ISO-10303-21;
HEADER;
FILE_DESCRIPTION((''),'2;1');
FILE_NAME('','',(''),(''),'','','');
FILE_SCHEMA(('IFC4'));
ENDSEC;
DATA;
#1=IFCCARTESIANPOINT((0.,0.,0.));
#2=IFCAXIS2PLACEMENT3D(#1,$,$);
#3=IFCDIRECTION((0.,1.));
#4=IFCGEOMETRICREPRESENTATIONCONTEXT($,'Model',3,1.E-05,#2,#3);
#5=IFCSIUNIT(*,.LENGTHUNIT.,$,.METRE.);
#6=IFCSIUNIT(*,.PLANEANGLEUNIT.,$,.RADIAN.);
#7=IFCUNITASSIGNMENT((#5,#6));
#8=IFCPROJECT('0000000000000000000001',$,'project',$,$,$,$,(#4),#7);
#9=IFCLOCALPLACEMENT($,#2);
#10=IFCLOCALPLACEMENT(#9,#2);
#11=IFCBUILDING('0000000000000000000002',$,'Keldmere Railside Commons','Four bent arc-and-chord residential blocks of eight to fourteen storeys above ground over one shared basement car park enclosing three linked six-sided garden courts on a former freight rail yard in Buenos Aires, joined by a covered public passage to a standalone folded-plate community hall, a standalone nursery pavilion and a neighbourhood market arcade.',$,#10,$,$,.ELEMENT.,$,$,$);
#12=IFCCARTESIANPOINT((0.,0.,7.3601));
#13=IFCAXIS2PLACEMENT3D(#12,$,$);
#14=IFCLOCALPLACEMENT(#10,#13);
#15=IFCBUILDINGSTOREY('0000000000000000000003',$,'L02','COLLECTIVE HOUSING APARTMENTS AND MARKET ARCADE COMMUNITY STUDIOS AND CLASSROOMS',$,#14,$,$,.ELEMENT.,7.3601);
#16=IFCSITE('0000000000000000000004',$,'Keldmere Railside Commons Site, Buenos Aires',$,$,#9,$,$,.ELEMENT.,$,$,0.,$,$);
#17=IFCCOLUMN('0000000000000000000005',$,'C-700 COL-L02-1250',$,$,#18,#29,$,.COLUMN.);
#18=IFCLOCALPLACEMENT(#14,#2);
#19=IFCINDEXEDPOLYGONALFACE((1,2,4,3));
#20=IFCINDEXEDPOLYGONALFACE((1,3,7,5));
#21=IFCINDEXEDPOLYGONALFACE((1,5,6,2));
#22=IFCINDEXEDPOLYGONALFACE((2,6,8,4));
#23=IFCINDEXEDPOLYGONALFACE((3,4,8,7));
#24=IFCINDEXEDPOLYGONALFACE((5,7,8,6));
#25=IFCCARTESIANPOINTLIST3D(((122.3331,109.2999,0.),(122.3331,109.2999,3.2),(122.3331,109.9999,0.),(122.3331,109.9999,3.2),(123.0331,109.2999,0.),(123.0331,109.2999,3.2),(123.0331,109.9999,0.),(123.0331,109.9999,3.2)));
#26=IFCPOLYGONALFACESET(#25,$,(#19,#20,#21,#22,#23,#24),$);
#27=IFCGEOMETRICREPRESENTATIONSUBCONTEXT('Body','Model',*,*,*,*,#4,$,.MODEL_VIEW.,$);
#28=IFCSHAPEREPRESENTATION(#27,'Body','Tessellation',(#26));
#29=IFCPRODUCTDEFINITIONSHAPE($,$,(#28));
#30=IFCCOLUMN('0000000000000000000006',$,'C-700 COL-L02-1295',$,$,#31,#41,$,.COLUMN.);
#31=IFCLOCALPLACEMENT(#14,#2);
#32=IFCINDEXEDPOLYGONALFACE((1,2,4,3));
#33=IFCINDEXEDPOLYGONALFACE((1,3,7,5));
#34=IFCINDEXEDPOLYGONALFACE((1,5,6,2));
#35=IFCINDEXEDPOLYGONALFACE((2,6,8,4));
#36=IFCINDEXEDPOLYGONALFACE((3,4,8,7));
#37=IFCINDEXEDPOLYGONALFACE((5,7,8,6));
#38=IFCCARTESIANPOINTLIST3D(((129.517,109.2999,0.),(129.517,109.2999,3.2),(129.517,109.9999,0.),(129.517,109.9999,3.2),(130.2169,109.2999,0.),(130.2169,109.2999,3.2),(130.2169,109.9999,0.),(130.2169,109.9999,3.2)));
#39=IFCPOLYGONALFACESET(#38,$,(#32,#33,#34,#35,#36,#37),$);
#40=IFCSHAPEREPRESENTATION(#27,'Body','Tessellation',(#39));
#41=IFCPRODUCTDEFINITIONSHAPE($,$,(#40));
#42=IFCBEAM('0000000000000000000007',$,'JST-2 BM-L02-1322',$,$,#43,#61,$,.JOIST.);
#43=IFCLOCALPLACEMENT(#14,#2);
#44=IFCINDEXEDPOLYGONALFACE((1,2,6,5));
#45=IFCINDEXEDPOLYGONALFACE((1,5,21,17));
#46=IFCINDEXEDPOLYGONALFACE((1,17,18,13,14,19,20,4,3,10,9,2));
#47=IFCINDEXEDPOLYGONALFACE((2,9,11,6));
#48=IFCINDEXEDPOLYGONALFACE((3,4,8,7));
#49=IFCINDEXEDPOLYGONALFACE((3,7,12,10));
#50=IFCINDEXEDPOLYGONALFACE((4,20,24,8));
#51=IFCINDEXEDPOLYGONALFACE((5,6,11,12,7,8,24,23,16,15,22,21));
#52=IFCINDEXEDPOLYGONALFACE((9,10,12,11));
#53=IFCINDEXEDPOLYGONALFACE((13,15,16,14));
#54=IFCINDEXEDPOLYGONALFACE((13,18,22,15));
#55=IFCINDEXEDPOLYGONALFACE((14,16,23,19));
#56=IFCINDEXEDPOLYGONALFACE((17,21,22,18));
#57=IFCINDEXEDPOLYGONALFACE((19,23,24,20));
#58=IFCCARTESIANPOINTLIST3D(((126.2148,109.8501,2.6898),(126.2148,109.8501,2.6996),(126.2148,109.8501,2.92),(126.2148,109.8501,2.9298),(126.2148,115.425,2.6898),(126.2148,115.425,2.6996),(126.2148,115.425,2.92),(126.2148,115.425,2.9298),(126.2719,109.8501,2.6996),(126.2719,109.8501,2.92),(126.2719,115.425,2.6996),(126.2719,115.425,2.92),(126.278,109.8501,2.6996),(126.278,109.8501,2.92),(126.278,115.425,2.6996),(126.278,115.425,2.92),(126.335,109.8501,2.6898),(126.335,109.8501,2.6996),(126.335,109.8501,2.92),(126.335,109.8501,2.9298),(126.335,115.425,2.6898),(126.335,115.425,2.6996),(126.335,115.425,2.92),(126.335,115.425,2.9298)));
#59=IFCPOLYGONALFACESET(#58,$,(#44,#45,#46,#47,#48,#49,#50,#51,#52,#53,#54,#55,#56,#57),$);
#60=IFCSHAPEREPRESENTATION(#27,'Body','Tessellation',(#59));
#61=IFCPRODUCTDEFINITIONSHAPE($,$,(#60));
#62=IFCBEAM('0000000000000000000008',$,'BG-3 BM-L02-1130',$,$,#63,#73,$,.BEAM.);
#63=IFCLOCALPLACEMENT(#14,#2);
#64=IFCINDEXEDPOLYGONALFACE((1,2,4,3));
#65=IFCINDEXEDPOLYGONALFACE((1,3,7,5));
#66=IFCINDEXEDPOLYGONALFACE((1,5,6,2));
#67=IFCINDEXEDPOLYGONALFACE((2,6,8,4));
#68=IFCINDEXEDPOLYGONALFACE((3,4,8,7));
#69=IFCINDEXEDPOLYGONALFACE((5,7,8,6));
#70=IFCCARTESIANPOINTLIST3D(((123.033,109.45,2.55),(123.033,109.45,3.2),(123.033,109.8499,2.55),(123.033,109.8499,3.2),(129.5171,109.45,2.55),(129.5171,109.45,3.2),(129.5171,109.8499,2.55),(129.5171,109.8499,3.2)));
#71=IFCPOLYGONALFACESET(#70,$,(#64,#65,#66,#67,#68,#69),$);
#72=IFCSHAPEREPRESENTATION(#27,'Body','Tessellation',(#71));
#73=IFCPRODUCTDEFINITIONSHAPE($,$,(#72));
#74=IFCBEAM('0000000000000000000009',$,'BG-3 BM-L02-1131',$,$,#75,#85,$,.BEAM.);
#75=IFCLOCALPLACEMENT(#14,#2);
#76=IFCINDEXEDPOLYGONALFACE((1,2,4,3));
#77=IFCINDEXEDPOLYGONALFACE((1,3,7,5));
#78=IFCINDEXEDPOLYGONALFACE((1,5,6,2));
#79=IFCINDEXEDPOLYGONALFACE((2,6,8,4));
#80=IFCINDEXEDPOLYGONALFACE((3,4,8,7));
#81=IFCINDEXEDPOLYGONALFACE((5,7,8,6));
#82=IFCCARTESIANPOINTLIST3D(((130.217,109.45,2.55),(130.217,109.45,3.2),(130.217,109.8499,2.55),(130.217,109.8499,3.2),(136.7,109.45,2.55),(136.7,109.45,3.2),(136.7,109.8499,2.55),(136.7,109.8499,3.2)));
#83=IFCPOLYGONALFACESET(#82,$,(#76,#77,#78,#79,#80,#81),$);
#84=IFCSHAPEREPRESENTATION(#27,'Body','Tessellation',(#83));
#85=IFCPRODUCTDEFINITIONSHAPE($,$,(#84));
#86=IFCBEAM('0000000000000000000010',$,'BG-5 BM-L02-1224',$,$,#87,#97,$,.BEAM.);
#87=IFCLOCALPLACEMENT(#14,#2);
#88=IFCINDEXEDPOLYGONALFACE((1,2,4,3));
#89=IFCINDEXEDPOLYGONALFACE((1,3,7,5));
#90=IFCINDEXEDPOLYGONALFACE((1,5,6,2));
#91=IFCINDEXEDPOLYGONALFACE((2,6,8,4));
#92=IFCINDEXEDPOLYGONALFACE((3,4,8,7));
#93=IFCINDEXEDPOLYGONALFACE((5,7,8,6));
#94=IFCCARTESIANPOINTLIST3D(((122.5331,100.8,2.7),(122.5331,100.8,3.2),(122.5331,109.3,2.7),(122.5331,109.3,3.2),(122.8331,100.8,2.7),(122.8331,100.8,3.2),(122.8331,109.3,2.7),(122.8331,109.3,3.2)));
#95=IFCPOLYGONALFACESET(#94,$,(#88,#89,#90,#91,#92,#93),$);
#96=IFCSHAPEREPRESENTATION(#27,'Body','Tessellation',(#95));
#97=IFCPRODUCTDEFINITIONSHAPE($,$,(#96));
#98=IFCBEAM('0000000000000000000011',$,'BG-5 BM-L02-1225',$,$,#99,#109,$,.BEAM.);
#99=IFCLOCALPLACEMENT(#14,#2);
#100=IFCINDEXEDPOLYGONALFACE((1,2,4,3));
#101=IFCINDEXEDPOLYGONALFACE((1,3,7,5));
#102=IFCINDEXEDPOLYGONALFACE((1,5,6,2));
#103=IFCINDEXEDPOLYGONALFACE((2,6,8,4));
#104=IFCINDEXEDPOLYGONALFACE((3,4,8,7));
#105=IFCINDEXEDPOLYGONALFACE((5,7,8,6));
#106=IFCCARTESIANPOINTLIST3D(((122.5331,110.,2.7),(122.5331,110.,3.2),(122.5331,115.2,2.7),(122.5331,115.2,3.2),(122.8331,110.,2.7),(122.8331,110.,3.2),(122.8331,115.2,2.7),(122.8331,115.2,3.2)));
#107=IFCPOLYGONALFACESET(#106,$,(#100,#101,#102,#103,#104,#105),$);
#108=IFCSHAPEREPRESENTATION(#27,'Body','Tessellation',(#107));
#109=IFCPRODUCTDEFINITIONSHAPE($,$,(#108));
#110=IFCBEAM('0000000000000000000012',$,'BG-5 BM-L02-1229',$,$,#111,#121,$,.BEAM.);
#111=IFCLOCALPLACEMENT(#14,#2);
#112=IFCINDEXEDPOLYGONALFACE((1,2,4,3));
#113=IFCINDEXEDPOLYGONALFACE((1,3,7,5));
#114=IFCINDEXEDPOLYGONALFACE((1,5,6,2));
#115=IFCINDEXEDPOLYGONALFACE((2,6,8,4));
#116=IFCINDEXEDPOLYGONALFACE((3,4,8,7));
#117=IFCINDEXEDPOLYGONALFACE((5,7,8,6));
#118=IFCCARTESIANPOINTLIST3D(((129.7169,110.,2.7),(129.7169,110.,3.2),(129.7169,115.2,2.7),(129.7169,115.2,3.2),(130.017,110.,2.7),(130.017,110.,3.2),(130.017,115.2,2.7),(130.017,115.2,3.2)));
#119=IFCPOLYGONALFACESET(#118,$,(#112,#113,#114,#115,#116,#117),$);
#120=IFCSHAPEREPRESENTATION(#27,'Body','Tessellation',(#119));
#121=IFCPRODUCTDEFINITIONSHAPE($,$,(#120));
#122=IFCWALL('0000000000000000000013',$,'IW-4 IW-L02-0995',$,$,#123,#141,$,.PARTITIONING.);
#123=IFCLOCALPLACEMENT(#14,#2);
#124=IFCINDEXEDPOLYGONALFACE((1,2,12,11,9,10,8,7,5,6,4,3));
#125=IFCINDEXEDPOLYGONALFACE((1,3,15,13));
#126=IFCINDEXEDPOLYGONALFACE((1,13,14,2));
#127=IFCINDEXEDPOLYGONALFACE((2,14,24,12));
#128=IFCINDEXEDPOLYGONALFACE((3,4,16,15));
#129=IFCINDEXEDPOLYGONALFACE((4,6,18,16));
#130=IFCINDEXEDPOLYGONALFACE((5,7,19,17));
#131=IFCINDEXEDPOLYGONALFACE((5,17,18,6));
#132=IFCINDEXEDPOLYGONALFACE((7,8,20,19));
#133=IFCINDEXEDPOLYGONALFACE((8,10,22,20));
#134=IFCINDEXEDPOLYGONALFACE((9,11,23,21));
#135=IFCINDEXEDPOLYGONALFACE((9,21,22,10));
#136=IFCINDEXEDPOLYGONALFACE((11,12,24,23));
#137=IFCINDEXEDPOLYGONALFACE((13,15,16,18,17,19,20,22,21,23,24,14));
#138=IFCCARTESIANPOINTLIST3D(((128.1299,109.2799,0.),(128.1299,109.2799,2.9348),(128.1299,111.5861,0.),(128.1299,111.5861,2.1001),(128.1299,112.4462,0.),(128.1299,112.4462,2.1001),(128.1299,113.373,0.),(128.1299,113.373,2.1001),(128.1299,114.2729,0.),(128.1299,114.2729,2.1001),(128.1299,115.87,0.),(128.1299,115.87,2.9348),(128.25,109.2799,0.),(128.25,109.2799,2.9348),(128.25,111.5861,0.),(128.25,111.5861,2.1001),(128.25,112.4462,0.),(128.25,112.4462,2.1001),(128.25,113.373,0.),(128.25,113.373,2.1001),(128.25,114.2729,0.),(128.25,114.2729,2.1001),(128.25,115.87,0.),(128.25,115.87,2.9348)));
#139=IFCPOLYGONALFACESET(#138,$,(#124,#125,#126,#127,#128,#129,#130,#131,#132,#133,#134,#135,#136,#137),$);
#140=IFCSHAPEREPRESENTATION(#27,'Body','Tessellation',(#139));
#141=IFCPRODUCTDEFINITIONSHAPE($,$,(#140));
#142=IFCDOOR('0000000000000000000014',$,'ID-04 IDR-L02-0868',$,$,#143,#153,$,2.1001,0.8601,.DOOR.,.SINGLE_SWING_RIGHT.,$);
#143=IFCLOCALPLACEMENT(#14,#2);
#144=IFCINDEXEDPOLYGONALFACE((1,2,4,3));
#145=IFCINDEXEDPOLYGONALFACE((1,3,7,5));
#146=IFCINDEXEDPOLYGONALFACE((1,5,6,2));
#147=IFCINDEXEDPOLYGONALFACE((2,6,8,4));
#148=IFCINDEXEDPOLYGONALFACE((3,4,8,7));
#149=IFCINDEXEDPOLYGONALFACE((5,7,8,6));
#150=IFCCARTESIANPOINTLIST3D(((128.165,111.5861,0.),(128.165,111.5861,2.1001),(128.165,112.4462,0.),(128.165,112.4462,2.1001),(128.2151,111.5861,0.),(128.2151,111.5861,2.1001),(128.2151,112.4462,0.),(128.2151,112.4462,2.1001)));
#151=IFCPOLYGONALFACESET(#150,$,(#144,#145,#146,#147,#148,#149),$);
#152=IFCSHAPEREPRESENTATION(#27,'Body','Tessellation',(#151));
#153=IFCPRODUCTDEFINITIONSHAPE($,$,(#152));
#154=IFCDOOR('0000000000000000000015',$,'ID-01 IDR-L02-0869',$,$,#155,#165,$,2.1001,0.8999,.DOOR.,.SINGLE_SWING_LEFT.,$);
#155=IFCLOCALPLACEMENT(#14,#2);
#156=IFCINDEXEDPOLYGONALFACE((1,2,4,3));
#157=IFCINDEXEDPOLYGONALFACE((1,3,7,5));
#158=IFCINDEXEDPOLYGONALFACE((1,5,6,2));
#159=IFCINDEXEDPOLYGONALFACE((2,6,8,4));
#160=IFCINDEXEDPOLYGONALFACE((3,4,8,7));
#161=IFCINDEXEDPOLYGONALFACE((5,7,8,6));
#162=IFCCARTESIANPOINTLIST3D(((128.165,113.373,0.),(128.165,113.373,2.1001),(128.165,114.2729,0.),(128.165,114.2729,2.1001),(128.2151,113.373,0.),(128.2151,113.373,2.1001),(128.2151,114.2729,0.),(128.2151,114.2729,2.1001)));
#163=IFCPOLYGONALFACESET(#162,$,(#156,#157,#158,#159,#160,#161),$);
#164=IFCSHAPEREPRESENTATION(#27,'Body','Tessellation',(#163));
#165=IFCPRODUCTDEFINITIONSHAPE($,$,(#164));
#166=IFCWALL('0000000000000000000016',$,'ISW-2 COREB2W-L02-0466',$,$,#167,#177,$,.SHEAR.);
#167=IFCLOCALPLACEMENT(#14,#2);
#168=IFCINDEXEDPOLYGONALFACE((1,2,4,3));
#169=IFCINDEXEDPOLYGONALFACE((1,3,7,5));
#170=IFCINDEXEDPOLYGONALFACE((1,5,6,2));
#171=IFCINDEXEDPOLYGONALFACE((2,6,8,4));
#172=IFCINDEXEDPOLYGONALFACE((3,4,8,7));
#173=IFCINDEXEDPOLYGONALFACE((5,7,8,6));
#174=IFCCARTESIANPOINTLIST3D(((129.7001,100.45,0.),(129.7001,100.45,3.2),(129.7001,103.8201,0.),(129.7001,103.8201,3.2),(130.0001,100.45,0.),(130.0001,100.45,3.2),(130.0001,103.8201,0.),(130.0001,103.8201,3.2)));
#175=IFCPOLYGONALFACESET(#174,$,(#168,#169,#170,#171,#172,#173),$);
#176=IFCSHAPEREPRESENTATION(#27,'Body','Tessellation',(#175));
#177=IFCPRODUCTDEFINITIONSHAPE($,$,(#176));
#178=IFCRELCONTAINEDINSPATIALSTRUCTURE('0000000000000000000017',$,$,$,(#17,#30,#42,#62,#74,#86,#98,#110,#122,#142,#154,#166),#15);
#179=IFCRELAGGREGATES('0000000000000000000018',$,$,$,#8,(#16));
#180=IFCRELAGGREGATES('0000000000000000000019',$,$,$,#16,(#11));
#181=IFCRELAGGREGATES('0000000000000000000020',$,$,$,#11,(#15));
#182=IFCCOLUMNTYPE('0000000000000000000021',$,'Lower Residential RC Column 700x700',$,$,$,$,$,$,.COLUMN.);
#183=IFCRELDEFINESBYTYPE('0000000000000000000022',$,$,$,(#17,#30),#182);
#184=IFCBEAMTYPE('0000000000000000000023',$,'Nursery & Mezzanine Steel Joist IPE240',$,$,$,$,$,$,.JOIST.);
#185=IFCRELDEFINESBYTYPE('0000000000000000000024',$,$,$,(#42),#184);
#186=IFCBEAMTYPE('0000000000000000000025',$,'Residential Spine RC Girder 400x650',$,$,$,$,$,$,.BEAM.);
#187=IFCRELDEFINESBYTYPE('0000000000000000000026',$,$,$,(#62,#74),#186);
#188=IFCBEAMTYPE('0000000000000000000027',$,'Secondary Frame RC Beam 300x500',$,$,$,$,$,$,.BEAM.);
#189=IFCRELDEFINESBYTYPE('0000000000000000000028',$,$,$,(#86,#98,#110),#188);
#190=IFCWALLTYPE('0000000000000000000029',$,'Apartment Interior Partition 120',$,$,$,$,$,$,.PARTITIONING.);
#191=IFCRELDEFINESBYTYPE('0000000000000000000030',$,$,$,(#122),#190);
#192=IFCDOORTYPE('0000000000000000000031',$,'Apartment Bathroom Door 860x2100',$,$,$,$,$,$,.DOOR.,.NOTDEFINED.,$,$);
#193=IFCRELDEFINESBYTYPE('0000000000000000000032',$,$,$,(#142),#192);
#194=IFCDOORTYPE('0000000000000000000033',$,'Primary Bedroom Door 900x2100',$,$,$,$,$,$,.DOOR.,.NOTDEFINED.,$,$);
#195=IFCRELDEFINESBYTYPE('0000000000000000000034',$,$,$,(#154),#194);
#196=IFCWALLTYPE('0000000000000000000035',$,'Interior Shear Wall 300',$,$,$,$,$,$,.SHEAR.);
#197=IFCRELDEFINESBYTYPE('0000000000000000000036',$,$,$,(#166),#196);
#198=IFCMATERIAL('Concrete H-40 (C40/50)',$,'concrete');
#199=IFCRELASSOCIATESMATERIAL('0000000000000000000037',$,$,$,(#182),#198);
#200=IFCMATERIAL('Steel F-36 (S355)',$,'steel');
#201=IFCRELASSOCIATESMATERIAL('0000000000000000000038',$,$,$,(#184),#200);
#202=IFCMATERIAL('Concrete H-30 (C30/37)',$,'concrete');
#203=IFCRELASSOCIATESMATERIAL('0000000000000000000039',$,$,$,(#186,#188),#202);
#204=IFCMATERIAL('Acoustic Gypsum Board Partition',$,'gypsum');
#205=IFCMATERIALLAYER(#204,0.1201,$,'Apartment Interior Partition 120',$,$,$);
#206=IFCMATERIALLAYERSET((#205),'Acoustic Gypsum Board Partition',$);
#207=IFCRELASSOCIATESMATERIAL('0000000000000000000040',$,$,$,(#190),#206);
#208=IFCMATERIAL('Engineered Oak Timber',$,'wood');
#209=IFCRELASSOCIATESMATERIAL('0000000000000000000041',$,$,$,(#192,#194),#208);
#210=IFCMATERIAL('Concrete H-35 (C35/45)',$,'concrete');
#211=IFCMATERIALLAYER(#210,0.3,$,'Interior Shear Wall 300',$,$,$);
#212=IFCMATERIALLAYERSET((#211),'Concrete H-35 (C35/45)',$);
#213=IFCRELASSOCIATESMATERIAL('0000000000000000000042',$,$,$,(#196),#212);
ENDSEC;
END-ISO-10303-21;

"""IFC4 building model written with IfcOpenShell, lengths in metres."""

from ifc_helpers import new_model, si_unit, direction, frame, frame_2d, origin, origin_2d, place, context, subcontext, project, spatial, rectangle, i_section, extrude, material, layer, layer_set, material_profile, profile_set, type_object, element, fill, save


model = new_model("IFC4")

# Units and contexts
model_context = context("Model", 3, precision=1e-05, world=origin(), true_north=direction((0.0, 1.0)))
body_context = subcontext(model_context, "Body", "Model", "MODEL_VIEW")
ifc_project = project(units=[si_unit("LENGTHUNIT", "METRE"), si_unit("PLANEANGLEUNIT", "RADIAN")], contexts=[model_context])

# Site, building, storey
site_placement = place(None, origin())
site = spatial("IfcSite", under=ifc_project, at=site_placement, Name="Keldmere Railside Commons Site, Buenos Aires", CompositionType="ELEMENT", RefElevation=0.0)
building_placement = place(site_placement, origin())
building = spatial("IfcBuilding", under=site, at=building_placement, Name="Keldmere Railside Commons", Description="Four bent arc-and-chord residential blocks of eight to fourteen storeys above ground over one shared basement car park enclosing three linked six-sided garden courts on a former freight rail yard in Buenos Aires, joined by a covered public passage to a standalone folded-plate community hall, a standalone nursery pavilion and a neighbourhood market arcade.", CompositionType="ELEMENT")
storey_placement = place(building_placement, frame((0.0, 0.0, 7.3601)))
storey = spatial("IfcBuildingStorey", under=building, at=storey_placement, Name="L02", Description="COLLECTIVE HOUSING APARTMENTS AND MARKET ARCADE COMMUNITY STUDIOS AND CLASSROOMS", CompositionType="ELEMENT", Elevation=7.3601)

# Columns
ifc_material_1 = material(Name="Concrete H-40 (C40/50)", Category="concrete")
ifc_material_profile_1 = material_profile(ifc_material_1, rectangle(XDim=0.7, YDim=0.7, at=origin_2d()), Name="RC-700x700")
ifc_profile_set_1 = profile_set([ifc_material_profile_1], Name="Concrete H-40 (C40/50)")
column_type = type_object("IfcColumnType", Name="Lower Residential RC Column 700x700", PredefinedType="COLUMN", material=ifc_profile_set_1)
for number, where, z_axis, x_axis, name in (
    (1, (122.6831, 109.6499, 0.0), (0.0, 0.0, 1.0), (1.0, 0.0, 0.0), "C-700 COL-L02-1250"),
    (2, (129.8669, 109.6499, 0.0), (0.0, 0.0, 1.0), (1.0, 0.0, 0.0), "C-700 COL-L02-1295"),
):
    element("IfcColumn", number, at=place(storey_placement, frame(where, z_axis=z_axis, x_axis=x_axis)), inside=storey, type_object=column_type, Name=name, PredefinedType="COLUMN", context=body_context, shape_type="SweptSolid", body=[
        extrude(rectangle(XDim=0.7, YDim=0.7, at=origin_2d()), origin(), (0.0, 0.0, 1.0), 3.2),
    ])

# Beams
ifc_material_2 = material(Name="Steel F-36 (S355)", Category="steel")
ifc_material_profile_2 = material_profile(ifc_material_2, i_section(OverallWidth=0.1201, OverallDepth=0.24, WebThickness=0.0061, FlangeThickness=0.0098, at=origin_2d()), Name="IPE-240")
ifc_profile_set_2 = profile_set([ifc_material_profile_2], Name="Steel F-36 (S355)")
beam_type_1 = type_object("IfcBeamType", Name="Nursery & Mezzanine Steel Joist IPE240", PredefinedType="JOIST", material=ifc_profile_set_2)
beam_1_placement = place(storey_placement, frame((126.2749, 109.8501, 2.8098), z_axis=(0.0, 1.0, 0.0), x_axis=(-1.0, 0.0, 0.0)))
element("IfcBeam", 3, at=beam_1_placement, inside=storey, type_object=beam_type_1, Name="JST-2 BM-L02-1322", PredefinedType="JOIST", context=body_context, shape_type="SweptSolid", body=[
    extrude(i_section(OverallWidth=0.1201, OverallDepth=0.24, WebThickness=0.0061, FlangeThickness=0.0098, at=origin_2d()), origin(), (0.0, 0.0, 1.0), 5.575),
])
ifc_material_3 = material(Name="Concrete H-30 (C30/37)", Category="concrete")
ifc_material_profile_3 = material_profile(ifc_material_3, rectangle(XDim=0.3999, YDim=0.6499, at=origin_2d()), Name="RC-400x650")
ifc_profile_set_3 = profile_set([ifc_material_profile_3], Name="Concrete H-30 (C30/37)")
beam_type_2 = type_object("IfcBeamType", Name="Residential Spine RC Girder 400x650", PredefinedType="BEAM", material=ifc_profile_set_3)
beam_2_placement = place(storey_placement, frame((123.033, 109.6499, 2.875), z_axis=(1.0, 0.0, 0.0), x_axis=(0.0, 1.0, 0.0)))
element("IfcBeam", 4, at=beam_2_placement, inside=storey, type_object=beam_type_2, Name="BG-3 BM-L02-1130", PredefinedType="BEAM", context=body_context, shape_type="SweptSolid", body=[
    extrude(rectangle(XDim=0.3999, YDim=0.6499, at=origin_2d()), origin(), (0.0, 0.0, 1.0), 6.4841),
])
beam_3_placement = place(storey_placement, frame((130.217, 109.6499, 2.875), z_axis=(1.0, 0.0, 0.0), x_axis=(0.0, 1.0, 0.0)))
element("IfcBeam", 5, at=beam_3_placement, inside=storey, type_object=beam_type_2, Name="BG-3 BM-L02-1131", PredefinedType="BEAM", context=body_context, shape_type="SweptSolid", body=[
    extrude(rectangle(XDim=0.3999, YDim=0.6499, at=origin_2d()), origin(), (0.0, 0.0, 1.0), 6.4829),
])
ifc_material_profile_4 = material_profile(ifc_material_3, rectangle(XDim=0.3, YDim=0.5, at=origin_2d()), Name="RC-300x500")
ifc_profile_set_4 = profile_set([ifc_material_profile_4], Name="Concrete H-30 (C30/37)")
beam_type_3 = type_object("IfcBeamType", Name="Secondary Frame RC Beam 300x500", PredefinedType="BEAM", material=ifc_profile_set_4)
beam_4_placement = place(storey_placement, frame((122.6831, 100.8, 2.95), z_axis=(0.0, 1.0, 0.0), x_axis=(-1.0, 0.0, 0.0)))
element("IfcBeam", 6, at=beam_4_placement, inside=storey, type_object=beam_type_3, Name="BG-5 BM-L02-1224", PredefinedType="BEAM", context=body_context, shape_type="SweptSolid", body=[
    extrude(rectangle(XDim=0.3, YDim=0.5, at=origin_2d()), origin(), (0.0, 0.0, 1.0), 8.5),
])
for number, where, z_axis, x_axis, name in (
    (7, (122.6831, 110.0, 2.95), (0.0, 1.0, 0.0), (-1.0, 0.0, 0.0), "BG-5 BM-L02-1225"),
    (8, (129.8669, 110.0, 2.95), (0.0, 1.0, 0.0), (-1.0, 0.0, 0.0), "BG-5 BM-L02-1229"),
):
    element("IfcBeam", number, at=place(storey_placement, frame(where, z_axis=z_axis, x_axis=x_axis)), inside=storey, type_object=beam_type_3, Name=name, PredefinedType="BEAM", context=body_context, shape_type="SweptSolid", body=[
        extrude(rectangle(XDim=0.3, YDim=0.5, at=origin_2d()), origin(), (0.0, 0.0, 1.0), 5.2),
    ])

# Wall, openings, doors
ifc_material_4 = material(Name="Acoustic Gypsum Board Partition", Category="gypsum")
ifc_layer_1 = layer(ifc_material_4, 0.1201, Name="Apartment Interior Partition 120")
ifc_layer_set_1 = layer_set([ifc_layer_1], Name="Acoustic Gypsum Board Partition")
wall_type_1 = type_object("IfcWallType", Name="Apartment Interior Partition 120", PredefinedType="PARTITIONING", material=ifc_layer_set_1)
wall_1_placement = place(storey_placement, frame((128.1899, 109.28, 0.0), z_axis=(0.0, 0.0, 1.0), x_axis=(0.0, 1.0, 0.0)))
wall_1 = element("IfcWall", 9, at=wall_1_placement, inside=storey, type_object=wall_type_1, Name="IW-4 IW-L02-0995", PredefinedType="PARTITIONING", context=body_context, shape_type="SweptSolid", body=[
    extrude(rectangle(XDim=6.5901, YDim=0.1201, at=frame_2d((3.2949, 0.0))), origin(), (0.0, 0.0, 1.0), 2.9348),
])
opening_1_placement = place(wall_1_placement, frame((2.3059, 0.0, 0.0)))
opening_1 = element("IfcOpeningElement", 10, at=opening_1_placement, cuts=wall_1, PredefinedType="OPENING", context=body_context, shape_type="SweptSolid", body=[
    extrude(rectangle(XDim=0.8601, YDim=2.1001, at=frame_2d((0.4302, 1.05))), frame((0.0, 0.0701, 0.0), z_axis=(0.0, -1.0, 0.0), x_axis=(1.0, 0.0, 0.0)), (0.0, 0.0, 1.0), 0.1401),
])
opening_2_placement = place(wall_1_placement, frame((4.093, 0.0, 0.0)))
opening_2 = element("IfcOpeningElement", 11, at=opening_2_placement, cuts=wall_1, PredefinedType="OPENING", context=body_context, shape_type="SweptSolid", body=[
    extrude(rectangle(XDim=0.8999, YDim=2.1001, at=frame_2d((0.45, 1.05))), frame((0.0, 0.0701, 0.0), z_axis=(0.0, -1.0, 0.0), x_axis=(1.0, 0.0, 0.0)), (0.0, 0.0, 1.0), 0.1401),
])
ifc_material_5 = material(Name="Engineered Oak Timber", Category="wood")
door_type_1 = type_object("IfcDoorType", Name="Apartment Bathroom Door 860x2100", OperationType="NOTDEFINED", PredefinedType="DOOR", material=ifc_material_5)
door_1_placement = place(opening_1_placement, origin())
door_1 = element("IfcDoor", 12, at=door_1_placement, inside=storey, type_object=door_type_1, Name="ID-04 IDR-L02-0868", OperationType="SINGLE_SWING_RIGHT", OverallHeight=2.1001, OverallWidth=0.8601, PredefinedType="DOOR", context=body_context, shape_type="SweptSolid", body=[
    extrude(rectangle(XDim=0.8601, YDim=2.1001, at=frame_2d((0.4302, 1.05))), frame((0.0, 0.0249, 0.0), z_axis=(0.0, -1.0, 0.0), x_axis=(1.0, 0.0, 0.0)), (0.0, 0.0, 1.0), 0.05),
])
fill(opening_1, door_1)
door_type_2 = type_object("IfcDoorType", Name="Primary Bedroom Door 900x2100", OperationType="NOTDEFINED", PredefinedType="DOOR", material=ifc_material_5)
door_2_placement = place(opening_2_placement, origin())
door_2 = element("IfcDoor", 13, at=door_2_placement, inside=storey, type_object=door_type_2, Name="ID-01 IDR-L02-0869", OperationType="SINGLE_SWING_LEFT", OverallHeight=2.1001, OverallWidth=0.8999, PredefinedType="DOOR", context=body_context, shape_type="SweptSolid", body=[
    extrude(rectangle(XDim=0.8999, YDim=2.1001, at=frame_2d((0.45, 1.05))), frame((0.0, 0.0249, 0.0), z_axis=(0.0, -1.0, 0.0), x_axis=(1.0, 0.0, 0.0)), (0.0, 0.0, 1.0), 0.05),
])
fill(opening_2, door_2)

# Wall
ifc_material_6 = material(Name="Concrete H-35 (C35/45)", Category="concrete")
ifc_layer_2 = layer(ifc_material_6, 0.3, Name="Interior Shear Wall 300")
ifc_layer_set_2 = layer_set([ifc_layer_2], Name="Concrete H-35 (C35/45)")
wall_type_2 = type_object("IfcWallType", Name="Interior Shear Wall 300", PredefinedType="SHEAR", material=ifc_layer_set_2)
wall_2_placement = place(storey_placement, frame((129.8501, 103.8201, 0.0), z_axis=(0.0, 0.0, 1.0), x_axis=(0.0, -1.0, 0.0)))
element("IfcWall", 14, at=wall_2_placement, inside=storey, type_object=wall_type_2, Name="ISW-2 COREB2W-L02-0466", PredefinedType="SHEAR", context=body_context, shape_type="SweptSolid", body=[
    extrude(rectangle(XDim=3.3701, YDim=0.3, at=frame_2d((1.6851, 0.0))), origin(), (0.0, 0.0, 1.0), 3.2),
])

save(model, "model.ifc")
